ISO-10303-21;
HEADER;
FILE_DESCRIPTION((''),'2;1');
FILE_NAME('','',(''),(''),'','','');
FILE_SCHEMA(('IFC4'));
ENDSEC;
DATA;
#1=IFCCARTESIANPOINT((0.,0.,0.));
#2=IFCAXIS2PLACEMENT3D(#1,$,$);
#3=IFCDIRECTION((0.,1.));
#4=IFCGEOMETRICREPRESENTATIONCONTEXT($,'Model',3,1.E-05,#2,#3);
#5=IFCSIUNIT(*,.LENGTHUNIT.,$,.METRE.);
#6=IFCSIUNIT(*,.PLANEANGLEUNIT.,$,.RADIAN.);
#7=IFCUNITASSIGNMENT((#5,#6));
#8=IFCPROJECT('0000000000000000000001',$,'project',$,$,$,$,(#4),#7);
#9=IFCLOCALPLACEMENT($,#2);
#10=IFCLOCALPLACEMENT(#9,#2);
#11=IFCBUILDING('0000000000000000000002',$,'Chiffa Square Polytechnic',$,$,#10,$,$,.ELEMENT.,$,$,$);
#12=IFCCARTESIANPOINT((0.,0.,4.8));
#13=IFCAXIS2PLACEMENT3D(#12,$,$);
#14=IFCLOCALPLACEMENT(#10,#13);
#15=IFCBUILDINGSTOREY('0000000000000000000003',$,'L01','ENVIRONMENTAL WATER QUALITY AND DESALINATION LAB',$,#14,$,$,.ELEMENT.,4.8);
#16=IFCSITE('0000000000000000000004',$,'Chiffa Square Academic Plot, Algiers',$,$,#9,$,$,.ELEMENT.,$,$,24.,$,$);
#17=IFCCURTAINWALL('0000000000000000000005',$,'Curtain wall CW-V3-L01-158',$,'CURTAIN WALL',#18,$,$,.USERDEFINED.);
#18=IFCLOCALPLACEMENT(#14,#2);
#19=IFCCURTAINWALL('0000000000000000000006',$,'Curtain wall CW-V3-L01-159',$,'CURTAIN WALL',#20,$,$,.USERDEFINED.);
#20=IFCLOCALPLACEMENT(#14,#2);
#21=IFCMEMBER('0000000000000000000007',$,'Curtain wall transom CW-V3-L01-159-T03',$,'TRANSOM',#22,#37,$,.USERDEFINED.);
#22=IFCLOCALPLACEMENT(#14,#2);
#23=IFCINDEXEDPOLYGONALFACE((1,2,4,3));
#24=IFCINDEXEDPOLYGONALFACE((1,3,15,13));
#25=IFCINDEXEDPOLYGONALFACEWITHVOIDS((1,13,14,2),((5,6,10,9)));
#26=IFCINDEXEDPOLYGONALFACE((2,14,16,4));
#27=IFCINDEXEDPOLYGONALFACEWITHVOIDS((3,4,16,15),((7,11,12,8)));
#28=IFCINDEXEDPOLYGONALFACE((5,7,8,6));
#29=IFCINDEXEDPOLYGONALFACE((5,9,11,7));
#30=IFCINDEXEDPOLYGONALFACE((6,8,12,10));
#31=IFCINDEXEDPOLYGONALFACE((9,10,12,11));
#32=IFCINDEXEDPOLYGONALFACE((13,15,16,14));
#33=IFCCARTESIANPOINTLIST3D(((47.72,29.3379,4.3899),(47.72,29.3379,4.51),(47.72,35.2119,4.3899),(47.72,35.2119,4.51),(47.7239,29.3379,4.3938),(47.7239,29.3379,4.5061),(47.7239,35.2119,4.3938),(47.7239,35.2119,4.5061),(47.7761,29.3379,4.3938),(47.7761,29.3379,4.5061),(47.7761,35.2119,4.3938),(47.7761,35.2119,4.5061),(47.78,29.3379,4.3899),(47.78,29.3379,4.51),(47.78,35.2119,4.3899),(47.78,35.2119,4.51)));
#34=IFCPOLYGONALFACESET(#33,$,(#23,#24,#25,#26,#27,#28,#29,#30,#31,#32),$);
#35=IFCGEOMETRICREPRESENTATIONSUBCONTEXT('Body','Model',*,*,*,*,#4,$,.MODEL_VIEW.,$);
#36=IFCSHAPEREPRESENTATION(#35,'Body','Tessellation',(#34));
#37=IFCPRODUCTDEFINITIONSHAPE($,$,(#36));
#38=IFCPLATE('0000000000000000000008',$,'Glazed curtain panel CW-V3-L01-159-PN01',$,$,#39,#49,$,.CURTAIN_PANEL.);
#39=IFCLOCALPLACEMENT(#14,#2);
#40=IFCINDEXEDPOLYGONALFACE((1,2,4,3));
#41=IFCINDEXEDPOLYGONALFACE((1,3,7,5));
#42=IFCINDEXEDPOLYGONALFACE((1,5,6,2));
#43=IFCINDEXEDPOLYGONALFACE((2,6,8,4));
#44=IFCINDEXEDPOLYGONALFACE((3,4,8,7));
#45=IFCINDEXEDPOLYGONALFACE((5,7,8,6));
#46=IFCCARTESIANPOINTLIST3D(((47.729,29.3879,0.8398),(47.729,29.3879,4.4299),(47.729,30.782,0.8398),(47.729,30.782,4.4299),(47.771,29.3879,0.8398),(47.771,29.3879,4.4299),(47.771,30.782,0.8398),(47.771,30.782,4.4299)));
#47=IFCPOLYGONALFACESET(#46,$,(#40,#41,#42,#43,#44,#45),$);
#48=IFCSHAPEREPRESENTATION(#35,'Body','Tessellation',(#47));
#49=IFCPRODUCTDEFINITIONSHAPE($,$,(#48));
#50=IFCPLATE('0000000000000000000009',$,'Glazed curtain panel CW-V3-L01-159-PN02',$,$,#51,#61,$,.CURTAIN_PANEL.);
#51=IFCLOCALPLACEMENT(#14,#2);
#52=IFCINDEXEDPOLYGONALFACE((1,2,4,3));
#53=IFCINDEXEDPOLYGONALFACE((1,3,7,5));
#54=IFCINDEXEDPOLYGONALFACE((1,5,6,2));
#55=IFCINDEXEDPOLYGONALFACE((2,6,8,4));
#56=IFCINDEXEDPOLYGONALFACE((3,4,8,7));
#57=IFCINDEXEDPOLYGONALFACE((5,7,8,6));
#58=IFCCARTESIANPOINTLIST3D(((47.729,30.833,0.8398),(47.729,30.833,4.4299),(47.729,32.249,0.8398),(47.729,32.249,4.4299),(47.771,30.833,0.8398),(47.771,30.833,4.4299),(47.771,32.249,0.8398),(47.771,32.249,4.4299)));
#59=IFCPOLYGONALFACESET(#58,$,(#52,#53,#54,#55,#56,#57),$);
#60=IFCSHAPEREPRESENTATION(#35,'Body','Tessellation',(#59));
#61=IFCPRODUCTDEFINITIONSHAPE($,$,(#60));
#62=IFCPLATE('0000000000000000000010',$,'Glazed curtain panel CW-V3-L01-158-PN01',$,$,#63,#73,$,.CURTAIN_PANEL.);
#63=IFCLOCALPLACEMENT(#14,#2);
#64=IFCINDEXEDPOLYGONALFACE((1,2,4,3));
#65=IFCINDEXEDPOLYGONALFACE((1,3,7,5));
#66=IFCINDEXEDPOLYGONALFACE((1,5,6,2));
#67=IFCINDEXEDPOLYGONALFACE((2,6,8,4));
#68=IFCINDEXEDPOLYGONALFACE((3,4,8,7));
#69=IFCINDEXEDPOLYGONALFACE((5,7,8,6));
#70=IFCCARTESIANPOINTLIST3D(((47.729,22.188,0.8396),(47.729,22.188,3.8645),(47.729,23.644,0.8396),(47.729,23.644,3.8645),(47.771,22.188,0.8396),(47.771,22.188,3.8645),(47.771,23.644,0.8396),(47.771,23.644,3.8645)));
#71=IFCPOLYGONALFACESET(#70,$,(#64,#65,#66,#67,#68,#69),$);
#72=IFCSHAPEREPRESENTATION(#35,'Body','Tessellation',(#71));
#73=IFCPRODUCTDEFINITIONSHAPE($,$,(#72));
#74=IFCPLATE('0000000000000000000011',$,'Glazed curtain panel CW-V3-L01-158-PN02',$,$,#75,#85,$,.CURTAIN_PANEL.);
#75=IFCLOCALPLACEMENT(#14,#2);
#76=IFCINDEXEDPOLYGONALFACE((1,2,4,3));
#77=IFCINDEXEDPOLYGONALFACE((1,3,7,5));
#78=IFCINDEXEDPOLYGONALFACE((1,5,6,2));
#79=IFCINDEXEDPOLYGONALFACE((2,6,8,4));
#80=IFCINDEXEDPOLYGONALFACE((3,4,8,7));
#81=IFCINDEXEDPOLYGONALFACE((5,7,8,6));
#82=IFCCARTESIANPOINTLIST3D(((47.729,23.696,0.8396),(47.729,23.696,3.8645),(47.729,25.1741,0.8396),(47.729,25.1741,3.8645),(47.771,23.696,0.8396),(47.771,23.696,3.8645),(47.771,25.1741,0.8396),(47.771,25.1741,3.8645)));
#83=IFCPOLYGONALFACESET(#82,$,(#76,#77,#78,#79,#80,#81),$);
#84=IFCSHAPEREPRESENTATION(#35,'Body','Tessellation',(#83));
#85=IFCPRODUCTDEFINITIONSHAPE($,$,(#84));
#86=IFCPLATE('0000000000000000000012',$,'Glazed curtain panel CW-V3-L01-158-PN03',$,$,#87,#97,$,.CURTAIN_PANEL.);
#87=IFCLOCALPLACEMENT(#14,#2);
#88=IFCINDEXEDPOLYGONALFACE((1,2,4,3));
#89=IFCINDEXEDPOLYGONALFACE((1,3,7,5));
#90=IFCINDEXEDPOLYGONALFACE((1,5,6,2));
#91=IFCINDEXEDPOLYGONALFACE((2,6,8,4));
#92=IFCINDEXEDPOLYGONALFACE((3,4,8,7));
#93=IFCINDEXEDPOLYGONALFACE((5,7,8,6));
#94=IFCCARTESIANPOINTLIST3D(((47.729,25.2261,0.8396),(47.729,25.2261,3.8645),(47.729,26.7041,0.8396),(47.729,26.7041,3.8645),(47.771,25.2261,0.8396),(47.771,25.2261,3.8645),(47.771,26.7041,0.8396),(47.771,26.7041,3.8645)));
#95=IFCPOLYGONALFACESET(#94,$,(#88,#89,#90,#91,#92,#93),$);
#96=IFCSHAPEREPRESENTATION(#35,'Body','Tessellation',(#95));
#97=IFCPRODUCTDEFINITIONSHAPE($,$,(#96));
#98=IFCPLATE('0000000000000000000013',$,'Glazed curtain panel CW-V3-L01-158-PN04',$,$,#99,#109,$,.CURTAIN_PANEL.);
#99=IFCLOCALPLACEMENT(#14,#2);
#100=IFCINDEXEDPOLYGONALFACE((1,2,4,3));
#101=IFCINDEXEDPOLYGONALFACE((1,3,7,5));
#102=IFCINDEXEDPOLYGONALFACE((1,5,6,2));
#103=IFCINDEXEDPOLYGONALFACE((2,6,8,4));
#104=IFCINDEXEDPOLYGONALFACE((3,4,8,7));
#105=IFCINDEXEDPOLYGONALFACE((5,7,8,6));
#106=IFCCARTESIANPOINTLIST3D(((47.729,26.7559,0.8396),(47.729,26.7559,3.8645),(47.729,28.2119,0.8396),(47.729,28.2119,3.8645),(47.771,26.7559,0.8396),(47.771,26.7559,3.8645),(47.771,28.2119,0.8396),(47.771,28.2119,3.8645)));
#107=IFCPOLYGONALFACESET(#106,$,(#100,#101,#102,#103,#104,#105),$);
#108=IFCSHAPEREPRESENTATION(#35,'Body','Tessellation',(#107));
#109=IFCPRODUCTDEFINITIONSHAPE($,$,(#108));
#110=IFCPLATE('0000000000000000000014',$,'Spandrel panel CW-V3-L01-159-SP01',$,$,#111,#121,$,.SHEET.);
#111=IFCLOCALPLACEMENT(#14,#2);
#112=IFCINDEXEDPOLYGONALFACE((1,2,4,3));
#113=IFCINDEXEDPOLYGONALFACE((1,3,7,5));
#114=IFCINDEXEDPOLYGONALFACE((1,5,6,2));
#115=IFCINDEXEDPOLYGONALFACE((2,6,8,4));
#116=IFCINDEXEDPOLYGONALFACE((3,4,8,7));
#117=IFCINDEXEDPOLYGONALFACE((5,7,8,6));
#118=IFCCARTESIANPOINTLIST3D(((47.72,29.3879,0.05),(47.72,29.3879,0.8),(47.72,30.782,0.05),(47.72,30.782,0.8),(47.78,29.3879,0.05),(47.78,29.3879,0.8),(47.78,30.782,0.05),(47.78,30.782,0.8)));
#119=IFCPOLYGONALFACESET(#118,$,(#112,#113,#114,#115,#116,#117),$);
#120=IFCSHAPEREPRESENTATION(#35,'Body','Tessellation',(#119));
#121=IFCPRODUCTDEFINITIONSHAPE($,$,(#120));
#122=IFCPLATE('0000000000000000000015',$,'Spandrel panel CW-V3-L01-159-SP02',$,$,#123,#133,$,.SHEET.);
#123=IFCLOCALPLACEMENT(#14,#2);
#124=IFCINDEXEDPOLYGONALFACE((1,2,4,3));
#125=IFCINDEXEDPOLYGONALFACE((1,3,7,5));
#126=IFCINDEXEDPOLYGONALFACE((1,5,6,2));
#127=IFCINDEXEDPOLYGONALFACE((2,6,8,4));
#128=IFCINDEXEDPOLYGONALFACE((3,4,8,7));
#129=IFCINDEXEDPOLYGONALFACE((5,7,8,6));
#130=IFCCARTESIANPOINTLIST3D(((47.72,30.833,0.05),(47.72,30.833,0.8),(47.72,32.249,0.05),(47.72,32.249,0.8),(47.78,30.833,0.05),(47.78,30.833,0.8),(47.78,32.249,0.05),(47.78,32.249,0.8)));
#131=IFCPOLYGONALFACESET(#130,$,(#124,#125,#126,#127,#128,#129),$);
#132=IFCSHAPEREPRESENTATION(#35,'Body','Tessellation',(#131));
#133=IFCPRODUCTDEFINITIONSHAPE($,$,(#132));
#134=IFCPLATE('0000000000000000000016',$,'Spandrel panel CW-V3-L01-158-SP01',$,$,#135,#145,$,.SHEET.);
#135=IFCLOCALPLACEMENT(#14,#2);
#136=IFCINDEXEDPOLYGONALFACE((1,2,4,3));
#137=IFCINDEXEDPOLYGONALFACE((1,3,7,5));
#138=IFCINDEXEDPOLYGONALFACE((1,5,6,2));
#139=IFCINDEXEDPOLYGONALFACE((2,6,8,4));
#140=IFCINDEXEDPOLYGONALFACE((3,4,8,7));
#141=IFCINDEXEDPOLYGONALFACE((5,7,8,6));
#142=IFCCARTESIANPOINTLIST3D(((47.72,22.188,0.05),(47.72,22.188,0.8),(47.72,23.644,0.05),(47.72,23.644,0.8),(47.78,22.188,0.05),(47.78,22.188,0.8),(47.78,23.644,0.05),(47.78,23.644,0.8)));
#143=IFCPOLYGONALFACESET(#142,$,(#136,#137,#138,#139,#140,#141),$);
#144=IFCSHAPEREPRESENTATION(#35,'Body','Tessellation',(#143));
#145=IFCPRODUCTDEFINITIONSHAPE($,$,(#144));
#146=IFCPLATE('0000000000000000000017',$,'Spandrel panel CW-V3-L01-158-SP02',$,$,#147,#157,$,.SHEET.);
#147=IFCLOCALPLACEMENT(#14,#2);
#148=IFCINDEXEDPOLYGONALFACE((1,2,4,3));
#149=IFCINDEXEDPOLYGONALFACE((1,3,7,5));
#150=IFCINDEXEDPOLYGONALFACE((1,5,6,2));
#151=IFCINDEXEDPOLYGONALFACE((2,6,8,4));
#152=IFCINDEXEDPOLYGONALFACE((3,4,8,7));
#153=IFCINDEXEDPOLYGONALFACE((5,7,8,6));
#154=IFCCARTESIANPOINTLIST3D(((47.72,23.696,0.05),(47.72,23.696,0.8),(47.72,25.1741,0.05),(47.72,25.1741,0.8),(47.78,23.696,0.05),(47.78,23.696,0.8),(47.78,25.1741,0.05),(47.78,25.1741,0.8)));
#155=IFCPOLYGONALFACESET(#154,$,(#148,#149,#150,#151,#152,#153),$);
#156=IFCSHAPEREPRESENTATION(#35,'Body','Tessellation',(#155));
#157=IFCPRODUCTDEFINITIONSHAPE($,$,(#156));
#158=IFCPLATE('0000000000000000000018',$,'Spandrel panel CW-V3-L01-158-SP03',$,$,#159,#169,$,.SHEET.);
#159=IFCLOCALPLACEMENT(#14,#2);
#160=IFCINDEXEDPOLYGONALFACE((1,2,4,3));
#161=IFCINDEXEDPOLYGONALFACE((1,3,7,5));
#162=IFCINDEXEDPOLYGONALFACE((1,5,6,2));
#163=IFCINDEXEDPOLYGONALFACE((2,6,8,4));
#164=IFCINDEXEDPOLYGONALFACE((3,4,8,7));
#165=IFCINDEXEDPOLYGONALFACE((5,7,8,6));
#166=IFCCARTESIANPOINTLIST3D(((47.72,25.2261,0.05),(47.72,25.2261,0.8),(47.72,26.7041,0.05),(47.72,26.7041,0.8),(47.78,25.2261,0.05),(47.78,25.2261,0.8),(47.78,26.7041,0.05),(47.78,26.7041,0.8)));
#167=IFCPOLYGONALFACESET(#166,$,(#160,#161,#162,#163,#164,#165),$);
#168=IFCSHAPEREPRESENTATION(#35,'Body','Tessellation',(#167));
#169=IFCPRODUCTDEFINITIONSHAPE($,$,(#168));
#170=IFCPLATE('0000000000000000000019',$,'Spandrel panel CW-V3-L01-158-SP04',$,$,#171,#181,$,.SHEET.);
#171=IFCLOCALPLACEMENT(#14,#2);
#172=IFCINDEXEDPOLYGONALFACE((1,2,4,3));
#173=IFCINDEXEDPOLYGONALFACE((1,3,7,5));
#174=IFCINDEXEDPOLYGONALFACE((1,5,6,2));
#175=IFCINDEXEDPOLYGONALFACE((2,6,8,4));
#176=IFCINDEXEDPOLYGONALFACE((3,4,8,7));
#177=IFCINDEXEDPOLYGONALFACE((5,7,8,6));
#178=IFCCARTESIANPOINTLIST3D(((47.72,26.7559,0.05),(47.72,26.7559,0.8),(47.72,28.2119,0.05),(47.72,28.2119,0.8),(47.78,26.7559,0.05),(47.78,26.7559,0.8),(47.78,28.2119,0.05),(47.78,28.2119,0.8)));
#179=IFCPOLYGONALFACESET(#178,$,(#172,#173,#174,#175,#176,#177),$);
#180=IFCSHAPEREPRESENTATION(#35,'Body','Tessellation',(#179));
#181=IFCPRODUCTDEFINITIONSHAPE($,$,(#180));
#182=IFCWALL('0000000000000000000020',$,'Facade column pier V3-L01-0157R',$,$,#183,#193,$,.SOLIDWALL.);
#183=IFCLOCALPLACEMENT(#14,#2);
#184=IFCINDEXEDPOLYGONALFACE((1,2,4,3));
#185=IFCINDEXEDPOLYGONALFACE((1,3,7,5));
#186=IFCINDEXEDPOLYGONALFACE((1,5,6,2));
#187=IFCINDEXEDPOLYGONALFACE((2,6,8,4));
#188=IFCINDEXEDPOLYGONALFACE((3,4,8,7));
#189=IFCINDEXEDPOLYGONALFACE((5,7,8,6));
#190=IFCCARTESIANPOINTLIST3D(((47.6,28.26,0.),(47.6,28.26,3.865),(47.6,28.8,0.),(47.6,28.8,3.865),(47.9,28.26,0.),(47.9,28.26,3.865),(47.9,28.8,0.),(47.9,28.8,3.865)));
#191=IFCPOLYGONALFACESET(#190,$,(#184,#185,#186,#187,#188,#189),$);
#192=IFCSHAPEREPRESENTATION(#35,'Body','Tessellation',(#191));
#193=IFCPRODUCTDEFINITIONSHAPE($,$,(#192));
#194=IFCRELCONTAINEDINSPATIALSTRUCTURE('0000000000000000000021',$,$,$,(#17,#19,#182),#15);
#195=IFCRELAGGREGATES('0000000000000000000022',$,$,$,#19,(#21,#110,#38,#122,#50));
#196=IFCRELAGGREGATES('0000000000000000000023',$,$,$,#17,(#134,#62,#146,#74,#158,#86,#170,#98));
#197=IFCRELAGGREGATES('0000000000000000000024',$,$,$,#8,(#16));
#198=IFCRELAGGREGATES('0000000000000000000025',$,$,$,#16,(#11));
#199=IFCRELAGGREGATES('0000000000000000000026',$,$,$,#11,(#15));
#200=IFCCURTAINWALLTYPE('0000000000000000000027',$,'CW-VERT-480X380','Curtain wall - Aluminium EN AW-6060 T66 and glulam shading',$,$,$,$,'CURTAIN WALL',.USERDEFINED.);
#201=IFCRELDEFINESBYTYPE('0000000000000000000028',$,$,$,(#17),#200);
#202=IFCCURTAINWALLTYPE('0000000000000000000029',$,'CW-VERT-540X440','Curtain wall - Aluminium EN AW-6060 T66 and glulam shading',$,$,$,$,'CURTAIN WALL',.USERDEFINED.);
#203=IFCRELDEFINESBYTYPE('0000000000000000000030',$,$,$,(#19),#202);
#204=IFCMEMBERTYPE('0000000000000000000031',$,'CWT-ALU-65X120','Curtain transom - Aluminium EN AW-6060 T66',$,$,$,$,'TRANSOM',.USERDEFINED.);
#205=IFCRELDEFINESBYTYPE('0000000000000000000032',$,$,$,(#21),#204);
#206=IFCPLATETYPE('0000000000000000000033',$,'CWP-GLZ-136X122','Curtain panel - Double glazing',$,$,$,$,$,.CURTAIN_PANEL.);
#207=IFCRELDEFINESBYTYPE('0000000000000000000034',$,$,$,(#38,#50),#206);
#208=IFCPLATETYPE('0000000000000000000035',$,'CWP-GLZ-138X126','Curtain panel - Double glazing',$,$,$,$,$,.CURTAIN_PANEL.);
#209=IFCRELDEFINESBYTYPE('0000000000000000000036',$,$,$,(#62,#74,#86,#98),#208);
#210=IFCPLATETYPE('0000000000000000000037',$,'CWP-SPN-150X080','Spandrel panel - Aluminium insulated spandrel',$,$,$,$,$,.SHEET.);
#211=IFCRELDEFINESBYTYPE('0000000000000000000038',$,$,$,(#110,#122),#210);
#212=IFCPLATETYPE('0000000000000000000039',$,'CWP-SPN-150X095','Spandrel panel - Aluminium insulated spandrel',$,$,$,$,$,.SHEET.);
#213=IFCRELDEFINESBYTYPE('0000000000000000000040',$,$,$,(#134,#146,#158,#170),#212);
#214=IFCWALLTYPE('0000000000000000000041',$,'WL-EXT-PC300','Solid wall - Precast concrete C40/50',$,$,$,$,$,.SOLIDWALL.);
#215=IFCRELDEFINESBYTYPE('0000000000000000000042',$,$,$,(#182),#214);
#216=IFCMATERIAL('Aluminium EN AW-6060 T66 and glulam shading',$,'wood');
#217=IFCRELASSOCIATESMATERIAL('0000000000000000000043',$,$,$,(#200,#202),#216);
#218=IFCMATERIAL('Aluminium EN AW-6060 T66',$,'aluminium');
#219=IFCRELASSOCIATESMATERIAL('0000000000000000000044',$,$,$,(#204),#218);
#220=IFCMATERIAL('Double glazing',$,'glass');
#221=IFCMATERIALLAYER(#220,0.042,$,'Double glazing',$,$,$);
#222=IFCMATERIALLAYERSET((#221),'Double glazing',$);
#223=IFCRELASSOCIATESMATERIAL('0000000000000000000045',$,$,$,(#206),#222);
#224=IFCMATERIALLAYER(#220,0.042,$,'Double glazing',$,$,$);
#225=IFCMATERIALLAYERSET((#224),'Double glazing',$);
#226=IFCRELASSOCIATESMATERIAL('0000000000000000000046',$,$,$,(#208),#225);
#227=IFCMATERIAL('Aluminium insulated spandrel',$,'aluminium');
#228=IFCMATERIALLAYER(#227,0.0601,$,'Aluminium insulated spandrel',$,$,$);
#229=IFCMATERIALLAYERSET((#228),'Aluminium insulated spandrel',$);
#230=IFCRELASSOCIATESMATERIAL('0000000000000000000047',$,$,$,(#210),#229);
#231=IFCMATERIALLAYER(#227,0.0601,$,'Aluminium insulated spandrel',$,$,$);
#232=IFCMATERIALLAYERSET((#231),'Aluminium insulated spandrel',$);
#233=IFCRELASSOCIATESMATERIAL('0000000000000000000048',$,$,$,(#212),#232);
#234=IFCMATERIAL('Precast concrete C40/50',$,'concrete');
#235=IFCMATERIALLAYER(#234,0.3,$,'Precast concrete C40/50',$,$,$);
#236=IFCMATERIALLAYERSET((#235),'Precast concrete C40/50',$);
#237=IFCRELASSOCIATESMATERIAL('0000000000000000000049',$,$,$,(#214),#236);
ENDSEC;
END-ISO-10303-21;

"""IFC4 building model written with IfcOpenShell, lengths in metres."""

from ifc_helpers import new_model, si_unit, direction, frame, frame_2d, origin, origin_2d, place, context, subcontext, project, spatial, rectangle, hollow_rectangle, extrude, material, layer, layer_set, material_profile, profile_set, type_object, element, aggregate, save


model = new_model("IFC4")

# Units and contexts
model_context = context("Model", 3, precision=1e-05, world=origin(), true_north=direction((0.0, 1.0)))
body_context = subcontext(model_context, "Body", "Model", "MODEL_VIEW")
ifc_project = project(units=[si_unit("LENGTHUNIT", "METRE"), si_unit("PLANEANGLEUNIT", "RADIAN")], contexts=[model_context])

# Site, building, storey
site_placement = place(None, origin())
site = spatial("IfcSite", under=ifc_project, at=site_placement, Name="Chiffa Square Academic Plot, Algiers", CompositionType="ELEMENT", RefElevation=24.0)
building_placement = place(site_placement, origin())
building = spatial("IfcBuilding", under=site, at=building_placement, Name="Chiffa Square Polytechnic", CompositionType="ELEMENT")
storey_placement = place(building_placement, frame((0.0, 0.0, 4.8)))
storey = spatial("IfcBuildingStorey", under=building, at=storey_placement, Name="L01", Description="ENVIRONMENTAL WATER QUALITY AND DESALINATION LAB", CompositionType="ELEMENT", Elevation=4.8)

# Curtain wall
ifc_material_1 = material(Name="Aluminium EN AW-6060 T66 and glulam shading", Category="wood")
curtain_wall_type_1 = type_object("IfcCurtainWallType", Name="CW-VERT-480X380", Description="Curtain wall - Aluminium EN AW-6060 T66 and glulam shading", ElementType="CURTAIN WALL", PredefinedType="USERDEFINED", material=ifc_material_1)
curtain_wall_1_placement = place(storey_placement, origin())
curtain_wall_1 = element("IfcCurtainWall", 1, at=curtain_wall_1_placement, inside=storey, type_object=curtain_wall_type_1, Name="Curtain wall CW-V3-L01-158", ObjectType="CURTAIN WALL", PredefinedType="USERDEFINED")
ifc_material_2 = material(Name="Aluminium EN AW-6060 T66", Category="aluminium")

# Curtain wall, member, plates
curtain_wall_type_2 = type_object("IfcCurtainWallType", Name="CW-VERT-540X440", Description="Curtain wall - Aluminium EN AW-6060 T66 and glulam shading", ElementType="CURTAIN WALL", PredefinedType="USERDEFINED", material=ifc_material_1)
curtain_wall_2_placement = place(storey_placement, origin())
curtain_wall_2 = element("IfcCurtainWall", 2, at=curtain_wall_2_placement, inside=storey, type_object=curtain_wall_type_2, Name="Curtain wall CW-V3-L01-159", ObjectType="CURTAIN WALL", PredefinedType="USERDEFINED")
ifc_material_profile_1 = material_profile(ifc_material_2, hollow_rectangle(XDim=0.0601, YDim=0.1201, WallThickness=0.0039, at=origin_2d()), Name="ALU 60x120x4")
ifc_profile_set_1 = profile_set([ifc_material_profile_1], Name="Aluminium EN AW-6060 T66")
member_type_1 = type_object("IfcMemberType", Name="CWT-ALU-65X120", Description="Curtain transom - Aluminium EN AW-6060 T66", ElementType="TRANSOM", PredefinedType="USERDEFINED", material=ifc_profile_set_1)
member_1_placement = place(storey_placement, frame((47.75, 29.3379, 4.45), z_axis=(0.0, 1.0, 0.0), x_axis=(-1.0, 0.0, 0.0)))
member_1 = element("IfcMember", 3, at=member_1_placement, type_object=member_type_1, Name="Curtain wall transom CW-V3-L01-159-T03", ObjectType="TRANSOM", PredefinedType="USERDEFINED", context=body_context, shape_type="SweptSolid", body=[
    extrude(hollow_rectangle(XDim=0.0601, YDim=0.1201, WallThickness=0.0039, at=origin_2d()), origin(), (0.0, 0.0, 1.0), 5.874),
])
ifc_material_3 = material(Name="Double glazing", Category="glass")
ifc_layer_1 = layer(ifc_material_3, 0.042, Name="Double glazing")
ifc_layer_set_1 = layer_set([ifc_layer_1], Name="Double glazing")
plate_type_1 = type_object("IfcPlateType", Name="CWP-GLZ-136X122", Description="Curtain panel - Double glazing", PredefinedType="CURTAIN_PANEL", material=ifc_layer_set_1)
plate_1_placement = place(storey_placement, frame((47.75, 30.085, 0.8398), z_axis=(0.0, 0.0, 1.0), x_axis=(0.0, 1.0, 0.0)))
plate_1 = element("IfcPlate", 4, at=plate_1_placement, type_object=plate_type_1, Name="Glazed curtain panel CW-V3-L01-159-PN01", PredefinedType="CURTAIN_PANEL", context=body_context, shape_type="SweptSolid", body=[
    extrude(rectangle(XDim=1.394, YDim=0.042, at=origin_2d()), origin(), (0.0, 0.0, 1.0), 3.5901),
])
plate_2_placement = place(storey_placement, frame((47.75, 31.541, 0.8398), z_axis=(0.0, 0.0, 1.0), x_axis=(0.0, 1.0, 0.0)))
plate_2 = element("IfcPlate", 5, at=plate_2_placement, type_object=plate_type_1, Name="Glazed curtain panel CW-V3-L01-159-PN02", PredefinedType="CURTAIN_PANEL", context=body_context, shape_type="SweptSolid", body=[
    extrude(rectangle(XDim=1.416, YDim=0.042, at=origin_2d()), origin(), (0.0, 0.0, 1.0), 3.5901),
])

# Plates
ifc_layer_2 = layer(ifc_material_3, 0.042, Name="Double glazing")
ifc_layer_set_2 = layer_set([ifc_layer_2], Name="Double glazing")
plate_type_2 = type_object("IfcPlateType", Name="CWP-GLZ-138X126", Description="Curtain panel - Double glazing", PredefinedType="CURTAIN_PANEL", material=ifc_layer_set_2)
plate_3_placement = place(storey_placement, frame((47.75, 22.916, 0.8396), z_axis=(0.0, 0.0, 1.0), x_axis=(0.0, 1.0, 0.0)))
plate_3 = element("IfcPlate", 6, at=plate_3_placement, type_object=plate_type_2, Name="Glazed curtain panel CW-V3-L01-158-PN01", PredefinedType="CURTAIN_PANEL", context=body_context, shape_type="SweptSolid", body=[
    extrude(rectangle(XDim=1.4561, YDim=0.042, at=origin_2d()), origin(), (0.0, 0.0, 1.0), 3.0249),
])
plate_4_placement = place(storey_placement, frame((47.75, 24.4351, 0.8396), z_axis=(0.0, 0.0, 1.0), x_axis=(0.0, 1.0, 0.0)))
plate_4 = element("IfcPlate", 7, at=plate_4_placement, type_object=plate_type_2, Name="Glazed curtain panel CW-V3-L01-158-PN02", PredefinedType="CURTAIN_PANEL", context=body_context, shape_type="SweptSolid", body=[
    extrude(rectangle(XDim=1.478, YDim=0.042, at=origin_2d()), origin(), (0.0, 0.0, 1.0), 3.0249),
])
plate_5_placement = place(storey_placement, frame((47.75, 25.9651, 0.8396), z_axis=(0.0, 0.0, 1.0), x_axis=(0.0, 1.0, 0.0)))
plate_5 = element("IfcPlate", 8, at=plate_5_placement, type_object=plate_type_2, Name="Glazed curtain panel CW-V3-L01-158-PN03", PredefinedType="CURTAIN_PANEL", context=body_context, shape_type="SweptSolid", body=[
    extrude(rectangle(XDim=1.478, YDim=0.042, at=origin_2d()), origin(), (0.0, 0.0, 1.0), 3.0249),
])
plate_6_placement = place(storey_placement, frame((47.75, 27.4839, 0.8396), z_axis=(0.0, 0.0, 1.0), x_axis=(0.0, 1.0, 0.0)))
plate_6 = element("IfcPlate", 9, at=plate_6_placement, type_object=plate_type_2, Name="Glazed curtain panel CW-V3-L01-158-PN04", PredefinedType="CURTAIN_PANEL", context=body_context, shape_type="SweptSolid", body=[
    extrude(rectangle(XDim=1.4561, YDim=0.042, at=origin_2d()), origin(), (0.0, 0.0, 1.0), 3.0249),
])
ifc_material_4 = material(Name="Aluminium insulated spandrel", Category="aluminium")
ifc_layer_3 = layer(ifc_material_4, 0.0601, Name="Aluminium insulated spandrel")
ifc_layer_set_3 = layer_set([ifc_layer_3], Name="Aluminium insulated spandrel")
plate_type_3 = type_object("IfcPlateType", Name="CWP-SPN-150X080", Description="Spandrel panel - Aluminium insulated spandrel", PredefinedType="SHEET", material=ifc_layer_set_3)
plate_7_placement = place(storey_placement, frame((47.75, 30.085, 0.05), z_axis=(0.0, 0.0, 1.0), x_axis=(0.0, 1.0, 0.0)))
plate_7 = element("IfcPlate", 10, at=plate_7_placement, type_object=plate_type_3, Name="Spandrel panel CW-V3-L01-159-SP01", PredefinedType="SHEET", context=body_context, shape_type="SweptSolid", body=[
    extrude(rectangle(XDim=1.394, YDim=0.0601, at=origin_2d()), origin(), (0.0, 0.0, 1.0), 0.75),
])
plate_8_placement = place(storey_placement, frame((47.75, 31.541, 0.05), z_axis=(0.0, 0.0, 1.0), x_axis=(0.0, 1.0, 0.0)))
plate_8 = element("IfcPlate", 11, at=plate_8_placement, type_object=plate_type_3, Name="Spandrel panel CW-V3-L01-159-SP02", PredefinedType="SHEET", context=body_context, shape_type="SweptSolid", body=[
    extrude(rectangle(XDim=1.416, YDim=0.0601, at=origin_2d()), origin(), (0.0, 0.0, 1.0), 0.75),
])
aggregate(curtain_wall_2, [member_1, plate_7, plate_1, plate_8, plate_2])
ifc_layer_4 = layer(ifc_material_4, 0.0601, Name="Aluminium insulated spandrel")
ifc_layer_set_4 = layer_set([ifc_layer_4], Name="Aluminium insulated spandrel")
plate_type_4 = type_object("IfcPlateType", Name="CWP-SPN-150X095", Description="Spandrel panel - Aluminium insulated spandrel", PredefinedType="SHEET", material=ifc_layer_set_4)
plate_9_placement = place(storey_placement, frame((47.75, 22.916, 0.05), z_axis=(0.0, 0.0, 1.0), x_axis=(0.0, 1.0, 0.0)))
plate_9 = element("IfcPlate", 12, at=plate_9_placement, type_object=plate_type_4, Name="Spandrel panel CW-V3-L01-158-SP01", PredefinedType="SHEET", context=body_context, shape_type="SweptSolid", body=[
    extrude(rectangle(XDim=1.4561, YDim=0.0601, at=origin_2d()), origin(), (0.0, 0.0, 1.0), 0.75),
])
plate_10_placement = place(storey_placement, frame((47.75, 24.4351, 0.05), z_axis=(0.0, 0.0, 1.0), x_axis=(0.0, 1.0, 0.0)))
plate_10 = element("IfcPlate", 13, at=plate_10_placement, type_object=plate_type_4, Name="Spandrel panel CW-V3-L01-158-SP02", PredefinedType="SHEET", context=body_context, shape_type="SweptSolid", body=[
    extrude(rectangle(XDim=1.478, YDim=0.0601, at=origin_2d()), origin(), (0.0, 0.0, 1.0), 0.75),
])
plate_11_placement = place(storey_placement, frame((47.75, 25.9651, 0.05), z_axis=(0.0, 0.0, 1.0), x_axis=(0.0, 1.0, 0.0)))
plate_11 = element("IfcPlate", 14, at=plate_11_placement, type_object=plate_type_4, Name="Spandrel panel CW-V3-L01-158-SP03", PredefinedType="SHEET", context=body_context, shape_type="SweptSolid", body=[
    extrude(rectangle(XDim=1.478, YDim=0.0601, at=origin_2d()), origin(), (0.0, 0.0, 1.0), 0.75),
])
plate_12_placement = place(storey_placement, frame((47.75, 27.4839, 0.05), z_axis=(0.0, 0.0, 1.0), x_axis=(0.0, 1.0, 0.0)))
plate_12 = element("IfcPlate", 15, at=plate_12_placement, type_object=plate_type_4, Name="Spandrel panel CW-V3-L01-158-SP04", PredefinedType="SHEET", context=body_context, shape_type="SweptSolid", body=[
    extrude(rectangle(XDim=1.4561, YDim=0.0601, at=origin_2d()), origin(), (0.0, 0.0, 1.0), 0.75),
])
aggregate(curtain_wall_1, [plate_9, plate_3, plate_10, plate_4, plate_11, plate_5, plate_12, plate_6])

# Wall
ifc_material_5 = material(Name="Precast concrete C40/50", Category="concrete")
ifc_layer_5 = layer(ifc_material_5, 0.3, Name="Precast concrete C40/50")
ifc_layer_set_5 = layer_set([ifc_layer_5], Name="Precast concrete C40/50")
wall_type = type_object("IfcWallType", Name="WL-EXT-PC300", Description="Solid wall - Precast concrete C40/50", PredefinedType="SOLIDWALL", material=ifc_layer_set_5)
for number, where, z_axis, x_axis, name in (
    (16, (47.75, 28.26, 0.0), (0.0, 0.0, 1.0), (0.0, 1.0, 0.0), "Facade column pier V3-L01-0157R"),
):
    element("IfcWall", number, at=place(storey_placement, frame(where, z_axis=z_axis, x_axis=x_axis)), inside=storey, type_object=wall_type, Name=name, PredefinedType="SOLIDWALL", context=body_context, shape_type="SweptSolid", body=[
        extrude(rectangle(XDim=0.54, YDim=0.3, at=frame_2d((0.27, 0.0))), origin(), (0.0, 0.0, 1.0), 3.865),
    ])

save(model, "model.ifc")
